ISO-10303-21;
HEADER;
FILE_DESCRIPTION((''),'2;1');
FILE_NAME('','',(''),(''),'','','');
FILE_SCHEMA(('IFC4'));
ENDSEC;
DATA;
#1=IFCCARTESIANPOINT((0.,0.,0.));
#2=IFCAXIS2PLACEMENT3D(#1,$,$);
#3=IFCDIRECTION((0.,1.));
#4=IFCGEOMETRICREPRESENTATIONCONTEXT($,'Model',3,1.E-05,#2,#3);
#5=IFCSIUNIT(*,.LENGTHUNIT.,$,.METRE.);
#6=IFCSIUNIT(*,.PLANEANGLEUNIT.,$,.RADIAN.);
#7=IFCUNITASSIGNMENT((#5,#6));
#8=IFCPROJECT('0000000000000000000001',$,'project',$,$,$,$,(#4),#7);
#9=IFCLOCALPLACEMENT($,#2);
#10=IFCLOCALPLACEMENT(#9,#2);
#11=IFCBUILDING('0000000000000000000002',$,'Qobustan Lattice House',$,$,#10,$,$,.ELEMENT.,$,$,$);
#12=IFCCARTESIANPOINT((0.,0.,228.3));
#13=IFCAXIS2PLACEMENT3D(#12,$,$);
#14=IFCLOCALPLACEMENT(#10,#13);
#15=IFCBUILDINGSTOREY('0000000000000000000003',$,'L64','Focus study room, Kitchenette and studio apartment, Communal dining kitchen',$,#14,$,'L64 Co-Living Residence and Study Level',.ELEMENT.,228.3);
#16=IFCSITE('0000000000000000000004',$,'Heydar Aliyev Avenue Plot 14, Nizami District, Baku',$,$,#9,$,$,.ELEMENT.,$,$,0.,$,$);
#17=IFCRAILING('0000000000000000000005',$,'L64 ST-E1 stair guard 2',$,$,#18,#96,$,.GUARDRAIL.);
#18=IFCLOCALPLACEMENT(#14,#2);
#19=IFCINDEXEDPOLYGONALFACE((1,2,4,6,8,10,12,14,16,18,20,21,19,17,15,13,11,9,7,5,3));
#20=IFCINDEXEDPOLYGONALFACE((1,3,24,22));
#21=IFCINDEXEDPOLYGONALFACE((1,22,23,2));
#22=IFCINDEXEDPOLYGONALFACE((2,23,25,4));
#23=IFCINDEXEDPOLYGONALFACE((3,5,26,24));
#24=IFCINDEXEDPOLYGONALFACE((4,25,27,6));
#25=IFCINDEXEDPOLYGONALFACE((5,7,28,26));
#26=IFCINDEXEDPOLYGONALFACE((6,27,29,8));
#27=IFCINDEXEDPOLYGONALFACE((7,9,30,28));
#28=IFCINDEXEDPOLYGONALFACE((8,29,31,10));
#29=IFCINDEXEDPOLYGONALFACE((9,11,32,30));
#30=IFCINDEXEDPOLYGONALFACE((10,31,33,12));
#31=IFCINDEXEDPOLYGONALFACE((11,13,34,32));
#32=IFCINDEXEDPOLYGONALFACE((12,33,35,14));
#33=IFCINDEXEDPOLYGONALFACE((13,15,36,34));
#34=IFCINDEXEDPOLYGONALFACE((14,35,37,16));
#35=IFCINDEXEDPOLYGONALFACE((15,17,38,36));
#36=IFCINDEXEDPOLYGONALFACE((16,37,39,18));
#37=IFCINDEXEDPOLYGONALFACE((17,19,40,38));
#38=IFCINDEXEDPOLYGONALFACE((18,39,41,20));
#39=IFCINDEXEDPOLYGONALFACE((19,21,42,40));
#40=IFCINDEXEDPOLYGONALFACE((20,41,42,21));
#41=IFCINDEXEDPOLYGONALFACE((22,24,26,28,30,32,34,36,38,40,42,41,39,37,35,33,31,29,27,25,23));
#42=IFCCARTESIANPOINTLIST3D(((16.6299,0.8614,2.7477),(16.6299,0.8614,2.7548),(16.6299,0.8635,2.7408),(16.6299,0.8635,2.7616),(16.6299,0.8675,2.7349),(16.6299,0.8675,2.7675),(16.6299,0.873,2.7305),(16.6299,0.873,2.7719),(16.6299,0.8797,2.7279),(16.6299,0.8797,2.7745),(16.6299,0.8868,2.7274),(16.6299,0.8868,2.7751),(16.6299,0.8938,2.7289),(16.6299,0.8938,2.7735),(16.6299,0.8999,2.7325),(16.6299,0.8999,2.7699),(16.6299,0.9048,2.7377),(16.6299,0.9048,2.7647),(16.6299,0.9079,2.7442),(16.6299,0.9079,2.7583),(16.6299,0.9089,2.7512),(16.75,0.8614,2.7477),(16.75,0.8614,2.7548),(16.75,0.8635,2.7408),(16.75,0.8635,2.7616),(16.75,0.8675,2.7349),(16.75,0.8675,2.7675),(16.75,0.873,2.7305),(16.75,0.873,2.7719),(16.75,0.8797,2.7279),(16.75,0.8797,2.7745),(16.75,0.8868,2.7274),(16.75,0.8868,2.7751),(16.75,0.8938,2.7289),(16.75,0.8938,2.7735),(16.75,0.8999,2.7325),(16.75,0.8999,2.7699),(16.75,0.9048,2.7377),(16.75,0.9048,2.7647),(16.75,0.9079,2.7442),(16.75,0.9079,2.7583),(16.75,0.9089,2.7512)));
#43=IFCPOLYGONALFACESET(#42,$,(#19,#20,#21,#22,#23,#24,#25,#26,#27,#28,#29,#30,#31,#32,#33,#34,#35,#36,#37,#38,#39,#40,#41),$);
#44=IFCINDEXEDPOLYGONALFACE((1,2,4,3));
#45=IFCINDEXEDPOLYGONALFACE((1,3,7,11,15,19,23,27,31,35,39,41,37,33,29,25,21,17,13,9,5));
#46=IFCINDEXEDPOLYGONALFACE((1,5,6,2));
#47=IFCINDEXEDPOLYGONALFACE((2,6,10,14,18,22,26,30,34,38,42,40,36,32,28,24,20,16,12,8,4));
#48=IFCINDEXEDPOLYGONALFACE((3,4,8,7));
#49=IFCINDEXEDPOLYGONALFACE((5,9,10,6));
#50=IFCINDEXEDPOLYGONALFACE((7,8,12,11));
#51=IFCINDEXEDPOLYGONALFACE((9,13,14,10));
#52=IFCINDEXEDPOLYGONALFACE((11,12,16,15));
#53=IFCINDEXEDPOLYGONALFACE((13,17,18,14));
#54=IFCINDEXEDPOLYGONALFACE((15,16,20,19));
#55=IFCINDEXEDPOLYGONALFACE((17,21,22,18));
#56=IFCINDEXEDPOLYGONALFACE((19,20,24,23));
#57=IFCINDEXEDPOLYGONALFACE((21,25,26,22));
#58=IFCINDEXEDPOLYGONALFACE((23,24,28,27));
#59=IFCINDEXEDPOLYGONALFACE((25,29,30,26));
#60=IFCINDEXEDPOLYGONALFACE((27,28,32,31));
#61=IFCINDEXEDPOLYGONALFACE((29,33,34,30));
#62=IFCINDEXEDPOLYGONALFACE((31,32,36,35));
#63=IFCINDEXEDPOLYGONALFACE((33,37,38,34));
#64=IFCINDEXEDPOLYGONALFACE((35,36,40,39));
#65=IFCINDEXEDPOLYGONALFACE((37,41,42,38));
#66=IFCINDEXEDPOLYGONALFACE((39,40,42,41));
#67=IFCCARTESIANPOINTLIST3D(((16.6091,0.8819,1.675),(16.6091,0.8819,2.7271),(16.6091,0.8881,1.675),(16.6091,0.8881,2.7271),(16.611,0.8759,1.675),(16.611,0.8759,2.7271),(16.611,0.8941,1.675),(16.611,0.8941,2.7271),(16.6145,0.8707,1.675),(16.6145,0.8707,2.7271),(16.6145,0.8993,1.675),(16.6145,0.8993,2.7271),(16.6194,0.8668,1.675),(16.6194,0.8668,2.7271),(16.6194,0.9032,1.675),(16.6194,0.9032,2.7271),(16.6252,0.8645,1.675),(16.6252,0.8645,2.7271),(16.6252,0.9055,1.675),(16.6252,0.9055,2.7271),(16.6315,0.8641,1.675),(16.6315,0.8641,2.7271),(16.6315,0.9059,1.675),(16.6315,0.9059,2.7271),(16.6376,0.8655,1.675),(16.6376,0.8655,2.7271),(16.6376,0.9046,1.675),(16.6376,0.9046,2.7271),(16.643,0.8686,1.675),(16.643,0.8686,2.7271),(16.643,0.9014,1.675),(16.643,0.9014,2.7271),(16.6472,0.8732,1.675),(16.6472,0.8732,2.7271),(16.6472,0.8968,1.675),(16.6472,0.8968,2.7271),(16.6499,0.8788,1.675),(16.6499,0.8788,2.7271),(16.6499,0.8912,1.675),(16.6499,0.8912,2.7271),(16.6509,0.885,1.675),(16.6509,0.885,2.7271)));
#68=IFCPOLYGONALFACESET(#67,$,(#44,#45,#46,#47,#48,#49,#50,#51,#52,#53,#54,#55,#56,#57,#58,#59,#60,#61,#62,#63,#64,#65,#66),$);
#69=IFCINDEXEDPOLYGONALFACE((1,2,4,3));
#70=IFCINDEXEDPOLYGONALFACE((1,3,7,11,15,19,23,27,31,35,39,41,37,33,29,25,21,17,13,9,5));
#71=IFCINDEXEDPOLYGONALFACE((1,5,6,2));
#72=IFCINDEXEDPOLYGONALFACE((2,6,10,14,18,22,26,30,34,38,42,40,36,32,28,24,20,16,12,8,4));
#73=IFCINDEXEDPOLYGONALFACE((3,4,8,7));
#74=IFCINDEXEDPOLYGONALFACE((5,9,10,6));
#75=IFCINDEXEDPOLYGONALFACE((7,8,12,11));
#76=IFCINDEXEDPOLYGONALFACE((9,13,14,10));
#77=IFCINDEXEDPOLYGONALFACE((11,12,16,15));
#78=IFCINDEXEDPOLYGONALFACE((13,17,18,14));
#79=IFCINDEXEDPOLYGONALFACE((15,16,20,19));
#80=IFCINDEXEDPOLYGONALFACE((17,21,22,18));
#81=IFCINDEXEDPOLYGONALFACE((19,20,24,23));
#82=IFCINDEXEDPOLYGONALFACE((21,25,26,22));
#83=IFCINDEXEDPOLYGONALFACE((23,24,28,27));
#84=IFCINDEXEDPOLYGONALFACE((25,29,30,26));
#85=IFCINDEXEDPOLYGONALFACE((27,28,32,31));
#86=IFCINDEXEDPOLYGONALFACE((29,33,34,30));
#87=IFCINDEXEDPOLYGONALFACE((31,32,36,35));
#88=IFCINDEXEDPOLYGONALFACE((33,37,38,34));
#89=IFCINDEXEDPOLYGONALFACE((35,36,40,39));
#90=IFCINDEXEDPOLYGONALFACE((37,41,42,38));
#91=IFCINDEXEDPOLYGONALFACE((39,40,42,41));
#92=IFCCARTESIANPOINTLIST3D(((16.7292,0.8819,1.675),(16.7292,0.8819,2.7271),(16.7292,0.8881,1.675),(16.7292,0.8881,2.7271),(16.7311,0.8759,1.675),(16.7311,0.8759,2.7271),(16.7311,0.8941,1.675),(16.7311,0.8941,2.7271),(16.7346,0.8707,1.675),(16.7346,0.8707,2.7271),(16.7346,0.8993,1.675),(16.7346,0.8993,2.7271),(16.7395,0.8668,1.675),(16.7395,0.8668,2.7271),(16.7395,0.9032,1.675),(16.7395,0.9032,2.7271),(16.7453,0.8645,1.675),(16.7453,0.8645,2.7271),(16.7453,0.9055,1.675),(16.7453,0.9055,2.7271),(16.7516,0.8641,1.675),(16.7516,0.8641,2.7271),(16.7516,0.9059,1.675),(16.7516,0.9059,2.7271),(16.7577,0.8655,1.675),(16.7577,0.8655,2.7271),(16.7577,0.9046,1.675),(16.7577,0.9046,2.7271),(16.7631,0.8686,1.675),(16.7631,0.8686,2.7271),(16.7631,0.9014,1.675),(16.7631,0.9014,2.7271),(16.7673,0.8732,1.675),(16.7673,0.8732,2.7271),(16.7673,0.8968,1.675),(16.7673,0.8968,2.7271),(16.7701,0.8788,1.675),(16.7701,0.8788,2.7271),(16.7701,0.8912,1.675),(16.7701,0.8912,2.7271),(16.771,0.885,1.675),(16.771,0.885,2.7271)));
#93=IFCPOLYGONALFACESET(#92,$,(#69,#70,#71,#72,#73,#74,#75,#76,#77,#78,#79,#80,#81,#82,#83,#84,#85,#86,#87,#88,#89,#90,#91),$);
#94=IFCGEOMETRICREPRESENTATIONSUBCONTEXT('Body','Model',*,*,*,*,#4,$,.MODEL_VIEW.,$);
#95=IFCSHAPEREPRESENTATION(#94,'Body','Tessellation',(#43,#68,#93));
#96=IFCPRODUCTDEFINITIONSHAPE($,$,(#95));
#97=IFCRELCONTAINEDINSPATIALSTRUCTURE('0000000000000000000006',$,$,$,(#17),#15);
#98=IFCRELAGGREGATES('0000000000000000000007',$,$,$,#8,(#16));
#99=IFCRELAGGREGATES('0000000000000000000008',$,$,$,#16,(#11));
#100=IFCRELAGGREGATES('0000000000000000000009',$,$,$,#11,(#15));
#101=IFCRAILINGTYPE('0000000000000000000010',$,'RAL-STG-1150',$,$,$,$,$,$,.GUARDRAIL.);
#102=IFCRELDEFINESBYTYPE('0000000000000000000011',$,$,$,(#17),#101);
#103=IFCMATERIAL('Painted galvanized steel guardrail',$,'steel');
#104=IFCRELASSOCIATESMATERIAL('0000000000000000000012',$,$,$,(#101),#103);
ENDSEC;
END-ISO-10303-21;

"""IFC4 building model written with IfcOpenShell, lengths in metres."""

from ifc_helpers import new_model, si_unit, direction, frame, origin, origin_2d, place, context, subcontext, project, spatial, circle, extrude, material, type_object, element, save


model = new_model("IFC4")

# Units and contexts
model_context = context("Model", 3, precision=1e-05, world=origin(), true_north=direction((0.0, 1.0)))
body_context = subcontext(model_context, "Body", "Model", "MODEL_VIEW")
ifc_project = project(units=[si_unit("LENGTHUNIT", "METRE"), si_unit("PLANEANGLEUNIT", "RADIAN")], contexts=[model_context])

# Site, building, storey
site_placement = place(None, origin())
site = spatial("IfcSite", under=ifc_project, at=site_placement, Name="Heydar Aliyev Avenue Plot 14, Nizami District, Baku", CompositionType="ELEMENT", RefElevation=0.0)
building_placement = place(site_placement, origin())
building = spatial("IfcBuilding", under=site, at=building_placement, Name="Qobustan Lattice House", CompositionType="ELEMENT")
storey_placement = place(building_placement, frame((0.0, 0.0, 228.3)))
storey = spatial("IfcBuildingStorey", under=building, at=storey_placement, Name="L64", Description="Focus study room, Kitchenette and studio apartment, Communal dining kitchen", LongName="L64 Co-Living Residence and Study Level", CompositionType="ELEMENT", Elevation=228.3)

# Railing
ifc_material_1 = material(Name="Painted galvanized steel guardrail", Category="steel")
railing_type_1 = type_object("IfcRailingType", Name="RAL-STG-1150", PredefinedType="GUARDRAIL", material=ifc_material_1)
railing_1_placement = place(storey_placement, frame((16.6299, 0.885, 1.675)))
element("IfcRailing", 1, at=railing_1_placement, inside=storey, type_object=railing_type_1, Name="L64 ST-E1 stair guard 2", PredefinedType="GUARDRAIL", context=body_context, shape_type="SweptSolid", body=[
    extrude(circle(Radius=0.0239, at=origin_2d()), frame((0.0, 0.0, 1.0762), z_axis=(1.0, 0.0, 0.0), x_axis=(0.0, 1.0, 0.0)), (0.0, 0.0, 1.0), 0.1201),
    extrude(circle(Radius=0.021, at=origin_2d()), origin(), (0.0, 0.0, 1.0), 1.052),
    extrude(circle(Radius=0.021, at=origin_2d()), frame((0.1201, 0.0, 0.0)), (0.0, 0.0, 1.0), 1.052),
])

save(model, "model.ifc")
